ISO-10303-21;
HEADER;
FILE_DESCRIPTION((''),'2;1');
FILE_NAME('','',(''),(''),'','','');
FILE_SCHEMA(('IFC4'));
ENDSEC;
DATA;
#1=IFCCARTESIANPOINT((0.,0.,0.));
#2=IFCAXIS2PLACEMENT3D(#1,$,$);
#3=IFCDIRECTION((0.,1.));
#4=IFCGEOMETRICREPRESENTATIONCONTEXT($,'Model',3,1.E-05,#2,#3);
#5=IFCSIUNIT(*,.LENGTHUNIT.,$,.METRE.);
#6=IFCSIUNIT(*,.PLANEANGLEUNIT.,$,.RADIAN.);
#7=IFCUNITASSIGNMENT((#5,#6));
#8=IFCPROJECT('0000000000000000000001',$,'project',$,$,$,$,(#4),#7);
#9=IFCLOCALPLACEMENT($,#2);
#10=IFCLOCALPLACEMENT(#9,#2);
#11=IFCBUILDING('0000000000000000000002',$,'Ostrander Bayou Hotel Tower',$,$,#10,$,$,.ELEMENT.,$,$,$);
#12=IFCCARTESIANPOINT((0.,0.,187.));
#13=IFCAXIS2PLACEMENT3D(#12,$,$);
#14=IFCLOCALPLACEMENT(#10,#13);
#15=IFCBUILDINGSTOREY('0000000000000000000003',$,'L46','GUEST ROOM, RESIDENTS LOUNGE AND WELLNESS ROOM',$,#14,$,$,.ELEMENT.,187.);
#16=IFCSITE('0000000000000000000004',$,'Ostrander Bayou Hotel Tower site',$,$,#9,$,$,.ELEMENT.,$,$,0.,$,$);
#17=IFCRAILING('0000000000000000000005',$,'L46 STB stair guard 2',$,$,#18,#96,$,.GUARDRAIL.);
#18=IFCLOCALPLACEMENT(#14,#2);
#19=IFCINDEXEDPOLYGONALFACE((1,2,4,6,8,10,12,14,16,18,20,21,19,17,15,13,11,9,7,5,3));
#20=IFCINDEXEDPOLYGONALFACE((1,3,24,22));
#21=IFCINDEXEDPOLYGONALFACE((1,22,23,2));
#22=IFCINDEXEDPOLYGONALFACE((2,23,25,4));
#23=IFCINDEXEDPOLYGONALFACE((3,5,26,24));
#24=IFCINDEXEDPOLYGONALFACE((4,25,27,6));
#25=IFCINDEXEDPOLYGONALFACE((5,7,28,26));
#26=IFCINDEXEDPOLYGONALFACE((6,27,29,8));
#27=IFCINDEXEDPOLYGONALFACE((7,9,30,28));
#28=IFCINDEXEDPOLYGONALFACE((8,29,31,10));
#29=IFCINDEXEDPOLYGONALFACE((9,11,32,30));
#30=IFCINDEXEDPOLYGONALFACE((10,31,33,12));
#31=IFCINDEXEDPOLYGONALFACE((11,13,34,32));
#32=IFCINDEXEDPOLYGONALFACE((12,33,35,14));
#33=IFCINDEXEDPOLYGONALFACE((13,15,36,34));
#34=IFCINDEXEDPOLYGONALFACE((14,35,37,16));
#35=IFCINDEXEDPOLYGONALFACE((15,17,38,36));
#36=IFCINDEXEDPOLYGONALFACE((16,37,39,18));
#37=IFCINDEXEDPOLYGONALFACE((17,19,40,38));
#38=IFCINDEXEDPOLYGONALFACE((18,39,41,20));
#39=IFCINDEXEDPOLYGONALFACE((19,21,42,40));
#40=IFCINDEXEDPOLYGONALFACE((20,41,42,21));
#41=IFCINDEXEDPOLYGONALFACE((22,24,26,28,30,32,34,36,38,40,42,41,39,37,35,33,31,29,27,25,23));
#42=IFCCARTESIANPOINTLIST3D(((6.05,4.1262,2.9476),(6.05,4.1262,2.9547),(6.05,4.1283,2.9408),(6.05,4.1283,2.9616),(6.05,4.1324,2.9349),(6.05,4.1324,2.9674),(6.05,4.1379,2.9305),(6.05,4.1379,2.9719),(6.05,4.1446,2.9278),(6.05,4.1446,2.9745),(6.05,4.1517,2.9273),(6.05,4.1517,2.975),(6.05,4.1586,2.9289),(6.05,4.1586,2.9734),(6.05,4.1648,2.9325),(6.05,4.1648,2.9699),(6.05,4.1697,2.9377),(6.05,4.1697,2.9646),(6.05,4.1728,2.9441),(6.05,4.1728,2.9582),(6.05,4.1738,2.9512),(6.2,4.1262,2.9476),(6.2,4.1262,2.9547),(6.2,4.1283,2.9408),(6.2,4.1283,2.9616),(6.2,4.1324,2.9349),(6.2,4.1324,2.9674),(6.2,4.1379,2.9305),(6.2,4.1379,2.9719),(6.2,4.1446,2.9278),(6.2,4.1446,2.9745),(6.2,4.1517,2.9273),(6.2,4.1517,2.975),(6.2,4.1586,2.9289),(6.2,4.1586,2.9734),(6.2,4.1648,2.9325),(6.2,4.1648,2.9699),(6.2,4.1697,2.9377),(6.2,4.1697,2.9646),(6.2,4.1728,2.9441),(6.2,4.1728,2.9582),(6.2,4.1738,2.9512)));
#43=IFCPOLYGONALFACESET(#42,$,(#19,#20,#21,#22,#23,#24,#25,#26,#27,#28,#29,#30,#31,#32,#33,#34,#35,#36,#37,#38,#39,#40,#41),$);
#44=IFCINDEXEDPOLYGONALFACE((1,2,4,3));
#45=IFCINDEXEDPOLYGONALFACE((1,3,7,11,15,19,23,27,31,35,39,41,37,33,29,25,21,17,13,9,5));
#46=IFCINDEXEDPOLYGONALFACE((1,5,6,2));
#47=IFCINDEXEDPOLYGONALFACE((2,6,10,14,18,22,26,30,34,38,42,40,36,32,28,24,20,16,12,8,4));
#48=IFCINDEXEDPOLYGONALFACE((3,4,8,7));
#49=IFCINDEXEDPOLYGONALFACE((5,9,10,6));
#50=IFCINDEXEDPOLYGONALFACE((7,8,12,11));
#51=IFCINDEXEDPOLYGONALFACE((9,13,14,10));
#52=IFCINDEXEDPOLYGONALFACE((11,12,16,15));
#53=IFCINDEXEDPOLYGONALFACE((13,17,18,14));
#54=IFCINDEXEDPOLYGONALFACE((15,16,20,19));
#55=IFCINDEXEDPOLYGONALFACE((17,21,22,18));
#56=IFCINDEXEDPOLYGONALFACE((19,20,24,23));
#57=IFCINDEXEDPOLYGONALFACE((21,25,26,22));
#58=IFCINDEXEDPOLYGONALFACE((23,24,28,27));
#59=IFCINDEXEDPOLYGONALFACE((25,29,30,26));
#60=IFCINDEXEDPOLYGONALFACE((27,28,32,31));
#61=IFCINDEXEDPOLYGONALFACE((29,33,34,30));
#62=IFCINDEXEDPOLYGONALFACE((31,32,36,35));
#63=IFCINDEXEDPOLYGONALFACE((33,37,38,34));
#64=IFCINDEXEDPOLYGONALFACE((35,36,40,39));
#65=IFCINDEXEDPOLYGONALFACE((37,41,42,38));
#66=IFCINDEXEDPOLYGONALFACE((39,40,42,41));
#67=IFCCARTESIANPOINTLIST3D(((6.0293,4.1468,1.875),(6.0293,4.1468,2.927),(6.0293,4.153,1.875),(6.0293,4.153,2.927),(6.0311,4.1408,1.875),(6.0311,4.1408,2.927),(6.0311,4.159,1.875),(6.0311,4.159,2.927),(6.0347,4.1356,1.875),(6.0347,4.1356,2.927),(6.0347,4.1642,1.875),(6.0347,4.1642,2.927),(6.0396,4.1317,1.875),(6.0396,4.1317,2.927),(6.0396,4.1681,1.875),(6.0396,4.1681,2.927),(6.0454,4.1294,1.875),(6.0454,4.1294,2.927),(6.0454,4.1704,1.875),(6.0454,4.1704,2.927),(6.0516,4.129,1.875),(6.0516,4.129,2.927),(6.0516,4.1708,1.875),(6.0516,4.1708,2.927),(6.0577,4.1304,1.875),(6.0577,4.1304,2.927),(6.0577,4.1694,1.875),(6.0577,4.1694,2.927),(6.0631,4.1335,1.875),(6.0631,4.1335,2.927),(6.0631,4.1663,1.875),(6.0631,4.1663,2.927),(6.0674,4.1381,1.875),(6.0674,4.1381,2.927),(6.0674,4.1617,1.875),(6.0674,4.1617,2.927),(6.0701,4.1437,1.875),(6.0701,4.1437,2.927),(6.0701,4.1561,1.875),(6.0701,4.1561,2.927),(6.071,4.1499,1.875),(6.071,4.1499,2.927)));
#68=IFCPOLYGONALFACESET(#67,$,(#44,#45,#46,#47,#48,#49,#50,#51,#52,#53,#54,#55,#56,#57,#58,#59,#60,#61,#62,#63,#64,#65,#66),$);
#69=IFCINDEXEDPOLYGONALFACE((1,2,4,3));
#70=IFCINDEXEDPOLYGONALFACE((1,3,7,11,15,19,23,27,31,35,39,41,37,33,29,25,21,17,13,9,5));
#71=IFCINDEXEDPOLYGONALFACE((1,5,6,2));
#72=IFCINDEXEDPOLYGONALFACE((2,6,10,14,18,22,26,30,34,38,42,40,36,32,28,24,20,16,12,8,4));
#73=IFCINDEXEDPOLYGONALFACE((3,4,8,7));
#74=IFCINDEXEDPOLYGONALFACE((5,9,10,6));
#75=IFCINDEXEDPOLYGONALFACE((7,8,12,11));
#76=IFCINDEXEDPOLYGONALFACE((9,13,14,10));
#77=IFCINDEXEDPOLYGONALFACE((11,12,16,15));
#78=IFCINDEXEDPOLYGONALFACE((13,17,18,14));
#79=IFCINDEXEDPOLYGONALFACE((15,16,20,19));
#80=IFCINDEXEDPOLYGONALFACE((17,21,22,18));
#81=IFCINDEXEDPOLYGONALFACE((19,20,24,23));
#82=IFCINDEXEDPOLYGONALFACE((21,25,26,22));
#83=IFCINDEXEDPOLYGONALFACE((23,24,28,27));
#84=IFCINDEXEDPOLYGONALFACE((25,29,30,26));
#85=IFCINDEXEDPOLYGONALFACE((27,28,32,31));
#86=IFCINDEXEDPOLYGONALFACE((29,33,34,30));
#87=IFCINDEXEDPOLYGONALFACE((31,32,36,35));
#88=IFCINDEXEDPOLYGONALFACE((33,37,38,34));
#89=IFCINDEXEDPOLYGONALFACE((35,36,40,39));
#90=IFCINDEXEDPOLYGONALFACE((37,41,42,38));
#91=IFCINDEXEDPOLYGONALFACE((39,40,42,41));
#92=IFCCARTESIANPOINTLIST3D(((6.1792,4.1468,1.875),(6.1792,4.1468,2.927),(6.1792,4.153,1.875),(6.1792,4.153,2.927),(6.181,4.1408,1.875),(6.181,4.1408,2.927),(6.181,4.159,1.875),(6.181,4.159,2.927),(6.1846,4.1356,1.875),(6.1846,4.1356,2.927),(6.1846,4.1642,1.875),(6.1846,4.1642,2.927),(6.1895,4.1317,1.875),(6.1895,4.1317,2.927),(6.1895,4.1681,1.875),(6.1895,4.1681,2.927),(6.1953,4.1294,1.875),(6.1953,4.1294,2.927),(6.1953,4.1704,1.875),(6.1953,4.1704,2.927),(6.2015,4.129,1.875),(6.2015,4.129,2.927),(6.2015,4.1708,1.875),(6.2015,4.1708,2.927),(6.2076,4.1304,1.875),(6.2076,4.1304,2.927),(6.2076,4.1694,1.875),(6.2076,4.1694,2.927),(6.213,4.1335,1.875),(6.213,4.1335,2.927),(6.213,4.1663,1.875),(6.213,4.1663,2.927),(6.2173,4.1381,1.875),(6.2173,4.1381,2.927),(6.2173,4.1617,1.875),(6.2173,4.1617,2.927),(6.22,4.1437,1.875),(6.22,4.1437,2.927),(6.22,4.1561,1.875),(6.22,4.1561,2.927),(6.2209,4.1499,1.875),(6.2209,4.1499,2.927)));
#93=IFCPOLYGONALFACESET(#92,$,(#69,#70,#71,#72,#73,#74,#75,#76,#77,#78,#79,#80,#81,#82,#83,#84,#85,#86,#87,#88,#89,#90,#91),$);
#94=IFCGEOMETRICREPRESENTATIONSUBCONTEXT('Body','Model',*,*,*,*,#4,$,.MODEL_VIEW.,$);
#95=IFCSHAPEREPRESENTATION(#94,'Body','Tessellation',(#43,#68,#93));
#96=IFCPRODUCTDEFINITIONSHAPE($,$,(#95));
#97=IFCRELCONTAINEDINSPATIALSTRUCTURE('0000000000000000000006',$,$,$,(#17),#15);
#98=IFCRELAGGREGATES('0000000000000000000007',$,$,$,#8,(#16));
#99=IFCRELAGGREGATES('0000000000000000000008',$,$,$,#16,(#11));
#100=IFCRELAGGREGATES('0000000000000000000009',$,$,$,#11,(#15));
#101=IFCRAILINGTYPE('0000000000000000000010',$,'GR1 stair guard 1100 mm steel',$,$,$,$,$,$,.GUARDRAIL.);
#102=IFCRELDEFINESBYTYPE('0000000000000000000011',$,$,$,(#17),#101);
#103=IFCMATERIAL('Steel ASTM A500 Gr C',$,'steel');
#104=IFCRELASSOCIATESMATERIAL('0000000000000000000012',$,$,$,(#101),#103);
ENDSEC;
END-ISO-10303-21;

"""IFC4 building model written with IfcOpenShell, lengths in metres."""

from ifc_helpers import new_model, si_unit, direction, frame, origin, origin_2d, place, context, subcontext, project, spatial, circle, extrude, material, type_object, element, save


model = new_model("IFC4")

# Units and contexts
model_context = context("Model", 3, precision=1e-05, world=origin(), true_north=direction((0.0, 1.0)))
body_context = subcontext(model_context, "Body", "Model", "MODEL_VIEW")
ifc_project = project(units=[si_unit("LENGTHUNIT", "METRE"), si_unit("PLANEANGLEUNIT", "RADIAN")], contexts=[model_context])

# Site, building, storey
site_placement = place(None, origin())
site = spatial("IfcSite", under=ifc_project, at=site_placement, Name="Ostrander Bayou Hotel Tower site", CompositionType="ELEMENT", RefElevation=0.0)
building_placement = place(site_placement, origin())
building = spatial("IfcBuilding", under=site, at=building_placement, Name="Ostrander Bayou Hotel Tower", CompositionType="ELEMENT")
storey_placement = place(building_placement, frame((0.0, 0.0, 187.0)))
storey = spatial("IfcBuildingStorey", under=building, at=storey_placement, Name="L46", Description="GUEST ROOM, RESIDENTS LOUNGE AND WELLNESS ROOM", CompositionType="ELEMENT", Elevation=187.0)

# Railing
ifc_material_1 = material(Name="Steel ASTM A500 Gr C", Category="steel")
railing_type = type_object("IfcRailingType", Name="GR1 stair guard 1100 mm steel", PredefinedType="GUARDRAIL", material=ifc_material_1)
railing_1_placement = place(storey_placement, frame((6.05, 4.1499, 1.875)))
element("IfcRailing", 1, at=railing_1_placement, inside=storey, type_object=railing_type, Name="L46 STB stair guard 2", PredefinedType="GUARDRAIL", context=body_context, shape_type="SweptSolid", body=[
    extrude(circle(Radius=0.0239, at=origin_2d()), frame((0.0, 0.0, 1.0762), z_axis=(1.0, 0.0, 0.0), x_axis=(0.0, 1.0, 0.0)), (0.0, 0.0, 1.0), 0.1499),
    extrude(circle(Radius=0.021, at=origin_2d()), origin(), (0.0, 0.0, 1.0), 1.052),
    extrude(circle(Radius=0.021, at=origin_2d()), frame((0.1499, 0.0, 0.0)), (0.0, 0.0, 1.0), 1.052),
])

save(model, "model.ifc")
